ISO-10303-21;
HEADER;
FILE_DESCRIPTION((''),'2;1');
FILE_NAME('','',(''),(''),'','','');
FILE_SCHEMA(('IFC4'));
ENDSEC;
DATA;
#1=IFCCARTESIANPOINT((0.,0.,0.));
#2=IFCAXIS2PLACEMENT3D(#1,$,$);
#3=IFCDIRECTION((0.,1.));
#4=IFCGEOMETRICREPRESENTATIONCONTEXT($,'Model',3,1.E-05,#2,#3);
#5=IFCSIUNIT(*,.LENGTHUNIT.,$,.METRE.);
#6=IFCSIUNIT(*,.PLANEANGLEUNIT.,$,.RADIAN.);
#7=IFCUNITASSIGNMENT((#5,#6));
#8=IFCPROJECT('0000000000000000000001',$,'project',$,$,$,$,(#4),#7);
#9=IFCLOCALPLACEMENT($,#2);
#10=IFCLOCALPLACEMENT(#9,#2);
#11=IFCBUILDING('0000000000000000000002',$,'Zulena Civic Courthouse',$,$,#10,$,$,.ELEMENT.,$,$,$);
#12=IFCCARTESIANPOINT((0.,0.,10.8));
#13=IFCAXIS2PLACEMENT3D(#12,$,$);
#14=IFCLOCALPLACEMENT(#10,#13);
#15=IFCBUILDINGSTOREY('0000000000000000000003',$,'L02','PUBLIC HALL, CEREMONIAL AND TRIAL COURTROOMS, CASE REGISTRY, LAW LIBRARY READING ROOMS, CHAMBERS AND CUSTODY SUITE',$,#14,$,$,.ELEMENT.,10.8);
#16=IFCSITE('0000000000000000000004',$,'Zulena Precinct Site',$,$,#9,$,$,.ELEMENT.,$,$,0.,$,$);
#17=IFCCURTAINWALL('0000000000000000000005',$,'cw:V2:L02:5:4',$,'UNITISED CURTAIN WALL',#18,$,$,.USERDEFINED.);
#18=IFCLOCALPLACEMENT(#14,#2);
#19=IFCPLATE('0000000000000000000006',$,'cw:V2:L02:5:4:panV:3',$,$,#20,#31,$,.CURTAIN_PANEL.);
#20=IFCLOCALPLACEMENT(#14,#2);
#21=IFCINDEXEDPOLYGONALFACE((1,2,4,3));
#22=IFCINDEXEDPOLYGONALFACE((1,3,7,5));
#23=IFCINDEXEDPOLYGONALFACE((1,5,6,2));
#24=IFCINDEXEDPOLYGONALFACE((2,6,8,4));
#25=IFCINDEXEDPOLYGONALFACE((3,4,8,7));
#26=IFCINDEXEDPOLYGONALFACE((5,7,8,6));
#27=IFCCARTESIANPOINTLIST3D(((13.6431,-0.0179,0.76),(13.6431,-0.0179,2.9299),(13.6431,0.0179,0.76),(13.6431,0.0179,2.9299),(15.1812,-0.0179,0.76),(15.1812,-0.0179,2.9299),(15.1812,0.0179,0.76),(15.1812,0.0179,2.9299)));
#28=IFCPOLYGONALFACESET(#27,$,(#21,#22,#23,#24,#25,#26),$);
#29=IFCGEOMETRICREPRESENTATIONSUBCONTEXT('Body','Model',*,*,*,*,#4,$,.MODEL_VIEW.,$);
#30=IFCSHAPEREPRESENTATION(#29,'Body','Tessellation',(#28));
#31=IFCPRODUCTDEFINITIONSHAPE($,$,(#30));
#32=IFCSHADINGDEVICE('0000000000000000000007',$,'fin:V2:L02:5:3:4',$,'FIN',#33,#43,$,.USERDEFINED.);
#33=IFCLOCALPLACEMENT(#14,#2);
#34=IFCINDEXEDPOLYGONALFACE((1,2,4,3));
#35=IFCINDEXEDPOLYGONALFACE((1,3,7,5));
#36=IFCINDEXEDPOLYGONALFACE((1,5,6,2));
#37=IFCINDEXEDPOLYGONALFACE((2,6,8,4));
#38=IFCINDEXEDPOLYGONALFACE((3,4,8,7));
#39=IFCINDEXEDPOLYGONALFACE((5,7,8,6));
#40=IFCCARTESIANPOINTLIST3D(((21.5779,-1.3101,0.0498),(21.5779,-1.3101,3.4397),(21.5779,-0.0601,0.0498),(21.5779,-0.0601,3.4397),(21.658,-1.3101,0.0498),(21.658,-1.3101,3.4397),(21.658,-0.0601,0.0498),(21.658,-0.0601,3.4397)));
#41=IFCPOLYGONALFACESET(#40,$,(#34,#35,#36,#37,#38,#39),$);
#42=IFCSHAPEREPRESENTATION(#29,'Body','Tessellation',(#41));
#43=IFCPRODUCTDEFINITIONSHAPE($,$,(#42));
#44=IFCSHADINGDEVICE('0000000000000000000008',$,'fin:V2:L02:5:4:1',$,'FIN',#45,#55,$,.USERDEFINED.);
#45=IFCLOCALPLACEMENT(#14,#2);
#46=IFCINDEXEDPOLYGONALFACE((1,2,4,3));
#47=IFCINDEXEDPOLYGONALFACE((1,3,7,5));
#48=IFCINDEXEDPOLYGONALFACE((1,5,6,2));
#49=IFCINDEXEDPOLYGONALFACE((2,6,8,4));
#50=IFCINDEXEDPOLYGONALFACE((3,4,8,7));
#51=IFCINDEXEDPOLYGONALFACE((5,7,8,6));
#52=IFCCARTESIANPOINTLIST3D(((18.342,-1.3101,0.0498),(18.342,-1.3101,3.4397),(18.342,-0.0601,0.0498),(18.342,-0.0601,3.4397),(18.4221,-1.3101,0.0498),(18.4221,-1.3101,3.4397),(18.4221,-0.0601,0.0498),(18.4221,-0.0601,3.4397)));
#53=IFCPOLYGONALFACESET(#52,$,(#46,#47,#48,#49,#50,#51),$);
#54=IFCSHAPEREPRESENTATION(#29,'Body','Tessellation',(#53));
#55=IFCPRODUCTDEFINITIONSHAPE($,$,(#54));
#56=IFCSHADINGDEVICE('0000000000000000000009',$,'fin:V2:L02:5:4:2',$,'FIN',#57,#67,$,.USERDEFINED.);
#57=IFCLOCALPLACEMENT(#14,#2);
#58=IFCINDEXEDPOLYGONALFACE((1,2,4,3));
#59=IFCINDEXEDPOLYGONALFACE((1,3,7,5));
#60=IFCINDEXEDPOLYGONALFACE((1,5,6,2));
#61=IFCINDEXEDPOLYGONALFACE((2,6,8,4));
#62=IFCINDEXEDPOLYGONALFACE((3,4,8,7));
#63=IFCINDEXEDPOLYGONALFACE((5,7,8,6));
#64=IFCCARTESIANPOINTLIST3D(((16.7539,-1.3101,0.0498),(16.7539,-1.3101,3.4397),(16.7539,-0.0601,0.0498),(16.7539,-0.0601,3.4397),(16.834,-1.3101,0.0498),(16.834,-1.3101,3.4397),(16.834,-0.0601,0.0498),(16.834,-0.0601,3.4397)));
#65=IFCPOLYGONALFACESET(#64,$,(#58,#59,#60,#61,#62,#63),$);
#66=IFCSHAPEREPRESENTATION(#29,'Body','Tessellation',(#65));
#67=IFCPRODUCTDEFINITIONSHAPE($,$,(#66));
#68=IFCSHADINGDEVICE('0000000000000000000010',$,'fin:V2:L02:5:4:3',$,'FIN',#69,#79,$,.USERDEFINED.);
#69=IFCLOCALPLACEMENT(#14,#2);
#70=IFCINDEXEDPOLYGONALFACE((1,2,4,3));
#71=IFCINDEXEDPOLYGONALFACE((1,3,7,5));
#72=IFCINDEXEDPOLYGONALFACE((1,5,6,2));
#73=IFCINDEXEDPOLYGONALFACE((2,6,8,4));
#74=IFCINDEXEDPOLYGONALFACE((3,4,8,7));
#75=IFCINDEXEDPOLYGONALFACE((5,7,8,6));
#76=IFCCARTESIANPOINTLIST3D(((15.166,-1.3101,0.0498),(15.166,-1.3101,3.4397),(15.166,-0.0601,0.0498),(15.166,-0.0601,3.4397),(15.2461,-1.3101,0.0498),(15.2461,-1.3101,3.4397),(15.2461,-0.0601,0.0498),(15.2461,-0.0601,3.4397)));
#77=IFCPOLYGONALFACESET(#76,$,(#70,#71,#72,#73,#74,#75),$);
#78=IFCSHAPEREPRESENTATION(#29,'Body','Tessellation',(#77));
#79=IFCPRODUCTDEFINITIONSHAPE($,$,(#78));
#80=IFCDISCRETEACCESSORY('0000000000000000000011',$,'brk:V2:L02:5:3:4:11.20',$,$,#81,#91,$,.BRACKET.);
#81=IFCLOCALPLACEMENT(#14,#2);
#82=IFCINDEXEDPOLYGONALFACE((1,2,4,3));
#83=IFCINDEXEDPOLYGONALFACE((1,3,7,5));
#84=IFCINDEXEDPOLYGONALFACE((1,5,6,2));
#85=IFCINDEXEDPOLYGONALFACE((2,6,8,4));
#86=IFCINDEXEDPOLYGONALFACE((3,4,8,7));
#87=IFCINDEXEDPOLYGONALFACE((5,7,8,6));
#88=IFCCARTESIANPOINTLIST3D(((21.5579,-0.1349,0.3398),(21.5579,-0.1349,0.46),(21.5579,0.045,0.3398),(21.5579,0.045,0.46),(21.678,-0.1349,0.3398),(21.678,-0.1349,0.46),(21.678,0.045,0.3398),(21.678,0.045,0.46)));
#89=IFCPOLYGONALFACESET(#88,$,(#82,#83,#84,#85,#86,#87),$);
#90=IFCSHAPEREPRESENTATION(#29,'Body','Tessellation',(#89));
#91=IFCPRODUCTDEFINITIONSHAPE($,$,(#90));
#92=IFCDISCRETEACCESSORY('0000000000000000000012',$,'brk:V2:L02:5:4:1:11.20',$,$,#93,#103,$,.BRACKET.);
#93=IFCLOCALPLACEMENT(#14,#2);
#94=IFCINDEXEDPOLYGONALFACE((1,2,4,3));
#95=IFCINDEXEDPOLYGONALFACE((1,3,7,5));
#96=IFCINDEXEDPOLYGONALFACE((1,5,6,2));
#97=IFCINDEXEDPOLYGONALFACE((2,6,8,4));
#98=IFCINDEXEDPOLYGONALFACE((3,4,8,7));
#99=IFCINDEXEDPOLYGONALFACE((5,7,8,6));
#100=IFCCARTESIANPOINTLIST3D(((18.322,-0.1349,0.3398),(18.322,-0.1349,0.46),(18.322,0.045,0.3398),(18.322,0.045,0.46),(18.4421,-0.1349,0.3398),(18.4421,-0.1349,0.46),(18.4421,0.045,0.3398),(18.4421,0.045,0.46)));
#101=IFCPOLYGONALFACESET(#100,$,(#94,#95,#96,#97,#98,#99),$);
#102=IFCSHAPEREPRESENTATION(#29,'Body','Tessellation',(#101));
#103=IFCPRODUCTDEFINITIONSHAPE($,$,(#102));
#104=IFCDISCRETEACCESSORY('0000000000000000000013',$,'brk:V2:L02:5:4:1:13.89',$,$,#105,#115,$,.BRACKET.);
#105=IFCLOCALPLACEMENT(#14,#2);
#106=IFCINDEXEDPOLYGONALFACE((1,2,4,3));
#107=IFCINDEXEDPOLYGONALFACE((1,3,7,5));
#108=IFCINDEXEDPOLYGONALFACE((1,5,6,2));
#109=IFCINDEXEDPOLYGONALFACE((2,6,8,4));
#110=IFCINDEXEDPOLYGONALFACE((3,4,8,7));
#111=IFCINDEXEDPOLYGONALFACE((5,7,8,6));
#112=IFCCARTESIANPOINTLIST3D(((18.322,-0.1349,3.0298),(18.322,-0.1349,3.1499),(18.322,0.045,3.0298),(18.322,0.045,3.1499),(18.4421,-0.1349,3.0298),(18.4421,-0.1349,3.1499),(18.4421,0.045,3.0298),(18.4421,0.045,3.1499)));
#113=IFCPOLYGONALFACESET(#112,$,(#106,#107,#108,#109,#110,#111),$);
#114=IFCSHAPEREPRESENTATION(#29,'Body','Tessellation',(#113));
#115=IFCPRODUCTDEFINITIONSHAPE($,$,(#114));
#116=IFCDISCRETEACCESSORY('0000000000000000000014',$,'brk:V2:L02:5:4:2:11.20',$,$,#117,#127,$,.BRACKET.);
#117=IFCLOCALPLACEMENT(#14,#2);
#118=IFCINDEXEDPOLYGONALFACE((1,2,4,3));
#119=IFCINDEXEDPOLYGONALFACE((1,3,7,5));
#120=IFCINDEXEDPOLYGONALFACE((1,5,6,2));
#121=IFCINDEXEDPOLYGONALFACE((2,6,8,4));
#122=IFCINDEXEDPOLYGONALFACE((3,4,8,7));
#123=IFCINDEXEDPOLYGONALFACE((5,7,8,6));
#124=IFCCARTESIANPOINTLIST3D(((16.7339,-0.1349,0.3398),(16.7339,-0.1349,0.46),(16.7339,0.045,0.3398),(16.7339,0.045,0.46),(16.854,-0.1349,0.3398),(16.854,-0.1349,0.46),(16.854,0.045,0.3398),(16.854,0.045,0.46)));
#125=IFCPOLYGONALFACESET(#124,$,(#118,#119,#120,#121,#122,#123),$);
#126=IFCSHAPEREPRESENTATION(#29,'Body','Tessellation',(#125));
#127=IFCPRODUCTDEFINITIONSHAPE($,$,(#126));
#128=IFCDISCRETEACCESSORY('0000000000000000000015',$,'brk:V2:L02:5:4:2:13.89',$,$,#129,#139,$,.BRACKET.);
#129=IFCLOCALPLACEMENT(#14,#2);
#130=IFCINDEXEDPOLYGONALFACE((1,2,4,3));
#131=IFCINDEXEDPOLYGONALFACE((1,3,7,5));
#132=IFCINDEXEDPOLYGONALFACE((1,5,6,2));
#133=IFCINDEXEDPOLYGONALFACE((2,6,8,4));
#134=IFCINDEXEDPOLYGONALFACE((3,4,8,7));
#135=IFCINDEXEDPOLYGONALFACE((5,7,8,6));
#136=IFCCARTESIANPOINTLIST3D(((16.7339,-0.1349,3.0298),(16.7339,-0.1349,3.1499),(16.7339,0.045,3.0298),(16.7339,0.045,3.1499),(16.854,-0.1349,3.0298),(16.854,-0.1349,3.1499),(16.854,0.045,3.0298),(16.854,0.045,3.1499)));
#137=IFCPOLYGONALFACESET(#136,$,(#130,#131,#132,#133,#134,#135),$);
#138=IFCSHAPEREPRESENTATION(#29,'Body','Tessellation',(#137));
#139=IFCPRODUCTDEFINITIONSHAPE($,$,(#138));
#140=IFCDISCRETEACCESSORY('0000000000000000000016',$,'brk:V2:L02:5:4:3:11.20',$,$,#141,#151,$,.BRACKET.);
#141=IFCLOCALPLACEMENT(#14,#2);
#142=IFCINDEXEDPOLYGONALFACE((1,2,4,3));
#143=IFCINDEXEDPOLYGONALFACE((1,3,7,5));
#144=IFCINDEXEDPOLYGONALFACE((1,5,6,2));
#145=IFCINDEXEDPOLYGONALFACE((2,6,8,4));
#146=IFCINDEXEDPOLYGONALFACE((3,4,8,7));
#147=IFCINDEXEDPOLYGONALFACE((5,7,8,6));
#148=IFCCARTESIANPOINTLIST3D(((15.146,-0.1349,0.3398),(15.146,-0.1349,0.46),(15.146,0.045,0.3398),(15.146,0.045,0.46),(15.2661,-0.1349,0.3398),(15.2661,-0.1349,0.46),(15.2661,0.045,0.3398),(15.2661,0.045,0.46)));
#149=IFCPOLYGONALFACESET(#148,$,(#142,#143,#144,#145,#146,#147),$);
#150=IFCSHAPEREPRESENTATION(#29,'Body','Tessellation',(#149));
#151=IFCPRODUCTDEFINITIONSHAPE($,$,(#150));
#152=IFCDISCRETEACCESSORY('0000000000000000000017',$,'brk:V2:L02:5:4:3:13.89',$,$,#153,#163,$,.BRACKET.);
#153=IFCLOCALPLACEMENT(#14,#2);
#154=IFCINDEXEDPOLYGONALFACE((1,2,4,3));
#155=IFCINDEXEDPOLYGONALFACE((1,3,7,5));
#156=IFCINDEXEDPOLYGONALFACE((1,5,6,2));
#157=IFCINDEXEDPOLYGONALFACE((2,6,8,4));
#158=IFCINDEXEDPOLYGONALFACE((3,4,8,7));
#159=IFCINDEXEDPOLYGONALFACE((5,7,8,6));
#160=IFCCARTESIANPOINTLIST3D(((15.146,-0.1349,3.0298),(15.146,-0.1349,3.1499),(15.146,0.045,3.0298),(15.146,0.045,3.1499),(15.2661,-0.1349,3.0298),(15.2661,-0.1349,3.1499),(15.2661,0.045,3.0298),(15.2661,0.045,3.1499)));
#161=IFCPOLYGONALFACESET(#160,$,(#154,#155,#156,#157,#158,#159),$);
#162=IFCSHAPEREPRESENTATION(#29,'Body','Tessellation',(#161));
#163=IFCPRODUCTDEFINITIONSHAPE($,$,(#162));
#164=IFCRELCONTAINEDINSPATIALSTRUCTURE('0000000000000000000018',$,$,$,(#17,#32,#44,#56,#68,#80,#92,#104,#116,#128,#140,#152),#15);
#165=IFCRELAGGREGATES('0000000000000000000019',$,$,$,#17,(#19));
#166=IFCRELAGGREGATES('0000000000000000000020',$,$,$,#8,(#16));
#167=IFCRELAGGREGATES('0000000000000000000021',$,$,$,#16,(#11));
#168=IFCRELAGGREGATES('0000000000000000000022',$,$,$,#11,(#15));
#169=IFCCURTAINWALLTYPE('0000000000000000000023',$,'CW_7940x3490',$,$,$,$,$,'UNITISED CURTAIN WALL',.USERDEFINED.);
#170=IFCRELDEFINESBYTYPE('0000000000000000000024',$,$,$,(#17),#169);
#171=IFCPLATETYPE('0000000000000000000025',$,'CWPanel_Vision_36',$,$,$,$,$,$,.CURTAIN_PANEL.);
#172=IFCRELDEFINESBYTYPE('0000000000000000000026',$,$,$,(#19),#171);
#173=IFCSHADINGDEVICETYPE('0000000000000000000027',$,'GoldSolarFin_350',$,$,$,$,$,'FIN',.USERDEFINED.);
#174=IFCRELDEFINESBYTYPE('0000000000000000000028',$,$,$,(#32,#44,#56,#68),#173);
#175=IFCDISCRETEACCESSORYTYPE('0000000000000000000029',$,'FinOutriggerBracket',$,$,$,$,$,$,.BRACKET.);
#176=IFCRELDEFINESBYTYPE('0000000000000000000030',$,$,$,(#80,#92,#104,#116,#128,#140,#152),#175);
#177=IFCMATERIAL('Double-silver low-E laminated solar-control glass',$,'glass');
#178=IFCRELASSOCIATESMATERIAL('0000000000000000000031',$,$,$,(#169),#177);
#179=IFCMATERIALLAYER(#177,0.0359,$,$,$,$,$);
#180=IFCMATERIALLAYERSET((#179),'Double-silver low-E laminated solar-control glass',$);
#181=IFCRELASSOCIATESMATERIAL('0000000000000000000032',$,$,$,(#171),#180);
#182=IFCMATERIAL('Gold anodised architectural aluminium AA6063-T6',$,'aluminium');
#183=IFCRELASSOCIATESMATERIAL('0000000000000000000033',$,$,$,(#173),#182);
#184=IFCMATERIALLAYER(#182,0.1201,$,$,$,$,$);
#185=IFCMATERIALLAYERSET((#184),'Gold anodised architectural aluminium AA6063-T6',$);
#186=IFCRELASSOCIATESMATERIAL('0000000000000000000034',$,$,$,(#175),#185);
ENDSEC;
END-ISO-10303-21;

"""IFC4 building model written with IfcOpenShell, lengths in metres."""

from ifc_helpers import new_model, si_unit, direction, frame, origin, origin_2d, place, context, subcontext, project, spatial, rectangle, extrude, material, layer, layer_set, type_object, element, aggregate, save


model = new_model("IFC4")

# Units and contexts
model_context = context("Model", 3, precision=1e-05, world=origin(), true_north=direction((0.0, 1.0)))
body_context = subcontext(model_context, "Body", "Model", "MODEL_VIEW")
ifc_project = project(units=[si_unit("LENGTHUNIT", "METRE"), si_unit("PLANEANGLEUNIT", "RADIAN")], contexts=[model_context])

# Site, building, storey
site_placement = place(None, origin())
site = spatial("IfcSite", under=ifc_project, at=site_placement, Name="Zulena Precinct Site", CompositionType="ELEMENT", RefElevation=0.0)
building_placement = place(site_placement, origin())
building = spatial("IfcBuilding", under=site, at=building_placement, Name="Zulena Civic Courthouse", CompositionType="ELEMENT")
storey_placement = place(building_placement, frame((0.0, 0.0, 10.8)))
storey = spatial("IfcBuildingStorey", under=building, at=storey_placement, Name="L02", Description="PUBLIC HALL, CEREMONIAL AND TRIAL COURTROOMS, CASE REGISTRY, LAW LIBRARY READING ROOMS, CHAMBERS AND CUSTODY SUITE", CompositionType="ELEMENT", Elevation=10.8)

# Shared definitions
ifc_material_1 = material(Name="Double-silver low-E laminated solar-control glass", Category="glass")
curtain_wall_type = type_object("IfcCurtainWallType", Name="CW_7940x3490", ElementType="UNITISED CURTAIN WALL", PredefinedType="USERDEFINED", material=ifc_material_1)

# Curtain wall
curtain_wall_1_placement = place(storey_placement, origin())
curtain_wall_1 = element("IfcCurtainWall", 1, at=curtain_wall_1_placement, inside=storey, type_object=curtain_wall_type, Name="cw:V2:L02:5:4", ObjectType="UNITISED CURTAIN WALL", PredefinedType="USERDEFINED")

# Plate
ifc_layer_1 = layer(ifc_material_1, 0.0359)
ifc_layer_set_1 = layer_set([ifc_layer_1], Name="Double-silver low-E laminated solar-control glass")
plate_type_1 = type_object("IfcPlateType", Name="CWPanel_Vision_36", PredefinedType="CURTAIN_PANEL", material=ifc_layer_set_1)
plate_1_placement = place(storey_placement, frame((14.4121, 0.0, 0.76), z_axis=(0.0, 0.0, 1.0), x_axis=(-1.0, 0.0, 0.0)))
plate_1 = element("IfcPlate", 2, at=plate_1_placement, type_object=plate_type_1, Name="cw:V2:L02:5:4:panV:3", PredefinedType="CURTAIN_PANEL", context=body_context, shape_type="SweptSolid", body=[
    extrude(rectangle(XDim=1.5381, YDim=0.0359, at=origin_2d()), origin(), (0.0, 0.0, 1.0), 2.1699),
])
aggregate(curtain_wall_1, [plate_1])

# Shading devices
ifc_material_2 = material(Name="Gold anodised architectural aluminium AA6063-T6", Category="aluminium")
shading_device_type = type_object("IfcShadingDeviceType", Name="GoldSolarFin_350", ElementType="FIN", PredefinedType="USERDEFINED", material=ifc_material_2)
for number, where, z_axis, x_axis, name in (
    (3, (21.6179, -0.6851, 0.0498), (0.0, 0.0, 1.0), (0.0, -1.0, 0.0), "fin:V2:L02:5:3:4"),
    (4, (18.3821, -0.6851, 0.0498), (0.0, 0.0, 1.0), (0.0, -1.0, 0.0), "fin:V2:L02:5:4:1"),
    (5, (16.7939, -0.6851, 0.0498), (0.0, 0.0, 1.0), (0.0, -1.0, 0.0), "fin:V2:L02:5:4:2"),
    (6, (15.2061, -0.6851, 0.0498), (0.0, 0.0, 1.0), (0.0, -1.0, 0.0), "fin:V2:L02:5:4:3"),
):
    element("IfcShadingDevice", number, at=place(storey_placement, frame(where, z_axis=z_axis, x_axis=x_axis)), inside=storey, type_object=shading_device_type, Name=name, ObjectType="FIN", PredefinedType="USERDEFINED", context=body_context, shape_type="SweptSolid", body=[
        extrude(rectangle(XDim=1.25, YDim=0.0801, at=origin_2d()), origin(), (0.0, 0.0, 1.0), 3.3899),
    ])

# Discrete accessories
ifc_layer_2 = layer(ifc_material_2, 0.1201)
ifc_layer_set_2 = layer_set([ifc_layer_2], Name="Gold anodised architectural aluminium AA6063-T6")
discrete_accessory_type = type_object("IfcDiscreteAccessoryType", Name="FinOutriggerBracket", PredefinedType="BRACKET", material=ifc_layer_set_2)
for number, where, z_axis, x_axis, name in (
    (7, (21.6179, -0.0449, 0.3398), (0.0, 0.0, 1.0), (0.0, -1.0, 0.0), "brk:V2:L02:5:3:4:11.20"),
    (8, (18.3821, -0.0449, 0.3398), (0.0, 0.0, 1.0), (0.0, -1.0, 0.0), "brk:V2:L02:5:4:1:11.20"),
    (9, (18.3821, -0.0449, 3.0298), (0.0, 0.0, 1.0), (0.0, -1.0, 0.0), "brk:V2:L02:5:4:1:13.89"),
    (10, (16.7939, -0.0449, 0.3398), (0.0, 0.0, 1.0), (0.0, -1.0, 0.0), "brk:V2:L02:5:4:2:11.20"),
    (11, (16.7939, -0.0449, 3.0298), (0.0, 0.0, 1.0), (0.0, -1.0, 0.0), "brk:V2:L02:5:4:2:13.89"),
    (12, (15.2061, -0.0449, 0.3398), (0.0, 0.0, 1.0), (0.0, -1.0, 0.0), "brk:V2:L02:5:4:3:11.20"),
    (13, (15.2061, -0.0449, 3.0298), (0.0, 0.0, 1.0), (0.0, -1.0, 0.0), "brk:V2:L02:5:4:3:13.89"),
):
    element("IfcDiscreteAccessory", number, at=place(storey_placement, frame(where, z_axis=z_axis, x_axis=x_axis)), inside=storey, type_object=discrete_accessory_type, Name=name, PredefinedType="BRACKET", context=body_context, shape_type="SweptSolid", body=[
        extrude(rectangle(XDim=0.1799, YDim=0.1201, at=origin_2d()), origin(), (0.0, 0.0, 1.0), 0.1201),
    ])

save(model, "model.ifc")
